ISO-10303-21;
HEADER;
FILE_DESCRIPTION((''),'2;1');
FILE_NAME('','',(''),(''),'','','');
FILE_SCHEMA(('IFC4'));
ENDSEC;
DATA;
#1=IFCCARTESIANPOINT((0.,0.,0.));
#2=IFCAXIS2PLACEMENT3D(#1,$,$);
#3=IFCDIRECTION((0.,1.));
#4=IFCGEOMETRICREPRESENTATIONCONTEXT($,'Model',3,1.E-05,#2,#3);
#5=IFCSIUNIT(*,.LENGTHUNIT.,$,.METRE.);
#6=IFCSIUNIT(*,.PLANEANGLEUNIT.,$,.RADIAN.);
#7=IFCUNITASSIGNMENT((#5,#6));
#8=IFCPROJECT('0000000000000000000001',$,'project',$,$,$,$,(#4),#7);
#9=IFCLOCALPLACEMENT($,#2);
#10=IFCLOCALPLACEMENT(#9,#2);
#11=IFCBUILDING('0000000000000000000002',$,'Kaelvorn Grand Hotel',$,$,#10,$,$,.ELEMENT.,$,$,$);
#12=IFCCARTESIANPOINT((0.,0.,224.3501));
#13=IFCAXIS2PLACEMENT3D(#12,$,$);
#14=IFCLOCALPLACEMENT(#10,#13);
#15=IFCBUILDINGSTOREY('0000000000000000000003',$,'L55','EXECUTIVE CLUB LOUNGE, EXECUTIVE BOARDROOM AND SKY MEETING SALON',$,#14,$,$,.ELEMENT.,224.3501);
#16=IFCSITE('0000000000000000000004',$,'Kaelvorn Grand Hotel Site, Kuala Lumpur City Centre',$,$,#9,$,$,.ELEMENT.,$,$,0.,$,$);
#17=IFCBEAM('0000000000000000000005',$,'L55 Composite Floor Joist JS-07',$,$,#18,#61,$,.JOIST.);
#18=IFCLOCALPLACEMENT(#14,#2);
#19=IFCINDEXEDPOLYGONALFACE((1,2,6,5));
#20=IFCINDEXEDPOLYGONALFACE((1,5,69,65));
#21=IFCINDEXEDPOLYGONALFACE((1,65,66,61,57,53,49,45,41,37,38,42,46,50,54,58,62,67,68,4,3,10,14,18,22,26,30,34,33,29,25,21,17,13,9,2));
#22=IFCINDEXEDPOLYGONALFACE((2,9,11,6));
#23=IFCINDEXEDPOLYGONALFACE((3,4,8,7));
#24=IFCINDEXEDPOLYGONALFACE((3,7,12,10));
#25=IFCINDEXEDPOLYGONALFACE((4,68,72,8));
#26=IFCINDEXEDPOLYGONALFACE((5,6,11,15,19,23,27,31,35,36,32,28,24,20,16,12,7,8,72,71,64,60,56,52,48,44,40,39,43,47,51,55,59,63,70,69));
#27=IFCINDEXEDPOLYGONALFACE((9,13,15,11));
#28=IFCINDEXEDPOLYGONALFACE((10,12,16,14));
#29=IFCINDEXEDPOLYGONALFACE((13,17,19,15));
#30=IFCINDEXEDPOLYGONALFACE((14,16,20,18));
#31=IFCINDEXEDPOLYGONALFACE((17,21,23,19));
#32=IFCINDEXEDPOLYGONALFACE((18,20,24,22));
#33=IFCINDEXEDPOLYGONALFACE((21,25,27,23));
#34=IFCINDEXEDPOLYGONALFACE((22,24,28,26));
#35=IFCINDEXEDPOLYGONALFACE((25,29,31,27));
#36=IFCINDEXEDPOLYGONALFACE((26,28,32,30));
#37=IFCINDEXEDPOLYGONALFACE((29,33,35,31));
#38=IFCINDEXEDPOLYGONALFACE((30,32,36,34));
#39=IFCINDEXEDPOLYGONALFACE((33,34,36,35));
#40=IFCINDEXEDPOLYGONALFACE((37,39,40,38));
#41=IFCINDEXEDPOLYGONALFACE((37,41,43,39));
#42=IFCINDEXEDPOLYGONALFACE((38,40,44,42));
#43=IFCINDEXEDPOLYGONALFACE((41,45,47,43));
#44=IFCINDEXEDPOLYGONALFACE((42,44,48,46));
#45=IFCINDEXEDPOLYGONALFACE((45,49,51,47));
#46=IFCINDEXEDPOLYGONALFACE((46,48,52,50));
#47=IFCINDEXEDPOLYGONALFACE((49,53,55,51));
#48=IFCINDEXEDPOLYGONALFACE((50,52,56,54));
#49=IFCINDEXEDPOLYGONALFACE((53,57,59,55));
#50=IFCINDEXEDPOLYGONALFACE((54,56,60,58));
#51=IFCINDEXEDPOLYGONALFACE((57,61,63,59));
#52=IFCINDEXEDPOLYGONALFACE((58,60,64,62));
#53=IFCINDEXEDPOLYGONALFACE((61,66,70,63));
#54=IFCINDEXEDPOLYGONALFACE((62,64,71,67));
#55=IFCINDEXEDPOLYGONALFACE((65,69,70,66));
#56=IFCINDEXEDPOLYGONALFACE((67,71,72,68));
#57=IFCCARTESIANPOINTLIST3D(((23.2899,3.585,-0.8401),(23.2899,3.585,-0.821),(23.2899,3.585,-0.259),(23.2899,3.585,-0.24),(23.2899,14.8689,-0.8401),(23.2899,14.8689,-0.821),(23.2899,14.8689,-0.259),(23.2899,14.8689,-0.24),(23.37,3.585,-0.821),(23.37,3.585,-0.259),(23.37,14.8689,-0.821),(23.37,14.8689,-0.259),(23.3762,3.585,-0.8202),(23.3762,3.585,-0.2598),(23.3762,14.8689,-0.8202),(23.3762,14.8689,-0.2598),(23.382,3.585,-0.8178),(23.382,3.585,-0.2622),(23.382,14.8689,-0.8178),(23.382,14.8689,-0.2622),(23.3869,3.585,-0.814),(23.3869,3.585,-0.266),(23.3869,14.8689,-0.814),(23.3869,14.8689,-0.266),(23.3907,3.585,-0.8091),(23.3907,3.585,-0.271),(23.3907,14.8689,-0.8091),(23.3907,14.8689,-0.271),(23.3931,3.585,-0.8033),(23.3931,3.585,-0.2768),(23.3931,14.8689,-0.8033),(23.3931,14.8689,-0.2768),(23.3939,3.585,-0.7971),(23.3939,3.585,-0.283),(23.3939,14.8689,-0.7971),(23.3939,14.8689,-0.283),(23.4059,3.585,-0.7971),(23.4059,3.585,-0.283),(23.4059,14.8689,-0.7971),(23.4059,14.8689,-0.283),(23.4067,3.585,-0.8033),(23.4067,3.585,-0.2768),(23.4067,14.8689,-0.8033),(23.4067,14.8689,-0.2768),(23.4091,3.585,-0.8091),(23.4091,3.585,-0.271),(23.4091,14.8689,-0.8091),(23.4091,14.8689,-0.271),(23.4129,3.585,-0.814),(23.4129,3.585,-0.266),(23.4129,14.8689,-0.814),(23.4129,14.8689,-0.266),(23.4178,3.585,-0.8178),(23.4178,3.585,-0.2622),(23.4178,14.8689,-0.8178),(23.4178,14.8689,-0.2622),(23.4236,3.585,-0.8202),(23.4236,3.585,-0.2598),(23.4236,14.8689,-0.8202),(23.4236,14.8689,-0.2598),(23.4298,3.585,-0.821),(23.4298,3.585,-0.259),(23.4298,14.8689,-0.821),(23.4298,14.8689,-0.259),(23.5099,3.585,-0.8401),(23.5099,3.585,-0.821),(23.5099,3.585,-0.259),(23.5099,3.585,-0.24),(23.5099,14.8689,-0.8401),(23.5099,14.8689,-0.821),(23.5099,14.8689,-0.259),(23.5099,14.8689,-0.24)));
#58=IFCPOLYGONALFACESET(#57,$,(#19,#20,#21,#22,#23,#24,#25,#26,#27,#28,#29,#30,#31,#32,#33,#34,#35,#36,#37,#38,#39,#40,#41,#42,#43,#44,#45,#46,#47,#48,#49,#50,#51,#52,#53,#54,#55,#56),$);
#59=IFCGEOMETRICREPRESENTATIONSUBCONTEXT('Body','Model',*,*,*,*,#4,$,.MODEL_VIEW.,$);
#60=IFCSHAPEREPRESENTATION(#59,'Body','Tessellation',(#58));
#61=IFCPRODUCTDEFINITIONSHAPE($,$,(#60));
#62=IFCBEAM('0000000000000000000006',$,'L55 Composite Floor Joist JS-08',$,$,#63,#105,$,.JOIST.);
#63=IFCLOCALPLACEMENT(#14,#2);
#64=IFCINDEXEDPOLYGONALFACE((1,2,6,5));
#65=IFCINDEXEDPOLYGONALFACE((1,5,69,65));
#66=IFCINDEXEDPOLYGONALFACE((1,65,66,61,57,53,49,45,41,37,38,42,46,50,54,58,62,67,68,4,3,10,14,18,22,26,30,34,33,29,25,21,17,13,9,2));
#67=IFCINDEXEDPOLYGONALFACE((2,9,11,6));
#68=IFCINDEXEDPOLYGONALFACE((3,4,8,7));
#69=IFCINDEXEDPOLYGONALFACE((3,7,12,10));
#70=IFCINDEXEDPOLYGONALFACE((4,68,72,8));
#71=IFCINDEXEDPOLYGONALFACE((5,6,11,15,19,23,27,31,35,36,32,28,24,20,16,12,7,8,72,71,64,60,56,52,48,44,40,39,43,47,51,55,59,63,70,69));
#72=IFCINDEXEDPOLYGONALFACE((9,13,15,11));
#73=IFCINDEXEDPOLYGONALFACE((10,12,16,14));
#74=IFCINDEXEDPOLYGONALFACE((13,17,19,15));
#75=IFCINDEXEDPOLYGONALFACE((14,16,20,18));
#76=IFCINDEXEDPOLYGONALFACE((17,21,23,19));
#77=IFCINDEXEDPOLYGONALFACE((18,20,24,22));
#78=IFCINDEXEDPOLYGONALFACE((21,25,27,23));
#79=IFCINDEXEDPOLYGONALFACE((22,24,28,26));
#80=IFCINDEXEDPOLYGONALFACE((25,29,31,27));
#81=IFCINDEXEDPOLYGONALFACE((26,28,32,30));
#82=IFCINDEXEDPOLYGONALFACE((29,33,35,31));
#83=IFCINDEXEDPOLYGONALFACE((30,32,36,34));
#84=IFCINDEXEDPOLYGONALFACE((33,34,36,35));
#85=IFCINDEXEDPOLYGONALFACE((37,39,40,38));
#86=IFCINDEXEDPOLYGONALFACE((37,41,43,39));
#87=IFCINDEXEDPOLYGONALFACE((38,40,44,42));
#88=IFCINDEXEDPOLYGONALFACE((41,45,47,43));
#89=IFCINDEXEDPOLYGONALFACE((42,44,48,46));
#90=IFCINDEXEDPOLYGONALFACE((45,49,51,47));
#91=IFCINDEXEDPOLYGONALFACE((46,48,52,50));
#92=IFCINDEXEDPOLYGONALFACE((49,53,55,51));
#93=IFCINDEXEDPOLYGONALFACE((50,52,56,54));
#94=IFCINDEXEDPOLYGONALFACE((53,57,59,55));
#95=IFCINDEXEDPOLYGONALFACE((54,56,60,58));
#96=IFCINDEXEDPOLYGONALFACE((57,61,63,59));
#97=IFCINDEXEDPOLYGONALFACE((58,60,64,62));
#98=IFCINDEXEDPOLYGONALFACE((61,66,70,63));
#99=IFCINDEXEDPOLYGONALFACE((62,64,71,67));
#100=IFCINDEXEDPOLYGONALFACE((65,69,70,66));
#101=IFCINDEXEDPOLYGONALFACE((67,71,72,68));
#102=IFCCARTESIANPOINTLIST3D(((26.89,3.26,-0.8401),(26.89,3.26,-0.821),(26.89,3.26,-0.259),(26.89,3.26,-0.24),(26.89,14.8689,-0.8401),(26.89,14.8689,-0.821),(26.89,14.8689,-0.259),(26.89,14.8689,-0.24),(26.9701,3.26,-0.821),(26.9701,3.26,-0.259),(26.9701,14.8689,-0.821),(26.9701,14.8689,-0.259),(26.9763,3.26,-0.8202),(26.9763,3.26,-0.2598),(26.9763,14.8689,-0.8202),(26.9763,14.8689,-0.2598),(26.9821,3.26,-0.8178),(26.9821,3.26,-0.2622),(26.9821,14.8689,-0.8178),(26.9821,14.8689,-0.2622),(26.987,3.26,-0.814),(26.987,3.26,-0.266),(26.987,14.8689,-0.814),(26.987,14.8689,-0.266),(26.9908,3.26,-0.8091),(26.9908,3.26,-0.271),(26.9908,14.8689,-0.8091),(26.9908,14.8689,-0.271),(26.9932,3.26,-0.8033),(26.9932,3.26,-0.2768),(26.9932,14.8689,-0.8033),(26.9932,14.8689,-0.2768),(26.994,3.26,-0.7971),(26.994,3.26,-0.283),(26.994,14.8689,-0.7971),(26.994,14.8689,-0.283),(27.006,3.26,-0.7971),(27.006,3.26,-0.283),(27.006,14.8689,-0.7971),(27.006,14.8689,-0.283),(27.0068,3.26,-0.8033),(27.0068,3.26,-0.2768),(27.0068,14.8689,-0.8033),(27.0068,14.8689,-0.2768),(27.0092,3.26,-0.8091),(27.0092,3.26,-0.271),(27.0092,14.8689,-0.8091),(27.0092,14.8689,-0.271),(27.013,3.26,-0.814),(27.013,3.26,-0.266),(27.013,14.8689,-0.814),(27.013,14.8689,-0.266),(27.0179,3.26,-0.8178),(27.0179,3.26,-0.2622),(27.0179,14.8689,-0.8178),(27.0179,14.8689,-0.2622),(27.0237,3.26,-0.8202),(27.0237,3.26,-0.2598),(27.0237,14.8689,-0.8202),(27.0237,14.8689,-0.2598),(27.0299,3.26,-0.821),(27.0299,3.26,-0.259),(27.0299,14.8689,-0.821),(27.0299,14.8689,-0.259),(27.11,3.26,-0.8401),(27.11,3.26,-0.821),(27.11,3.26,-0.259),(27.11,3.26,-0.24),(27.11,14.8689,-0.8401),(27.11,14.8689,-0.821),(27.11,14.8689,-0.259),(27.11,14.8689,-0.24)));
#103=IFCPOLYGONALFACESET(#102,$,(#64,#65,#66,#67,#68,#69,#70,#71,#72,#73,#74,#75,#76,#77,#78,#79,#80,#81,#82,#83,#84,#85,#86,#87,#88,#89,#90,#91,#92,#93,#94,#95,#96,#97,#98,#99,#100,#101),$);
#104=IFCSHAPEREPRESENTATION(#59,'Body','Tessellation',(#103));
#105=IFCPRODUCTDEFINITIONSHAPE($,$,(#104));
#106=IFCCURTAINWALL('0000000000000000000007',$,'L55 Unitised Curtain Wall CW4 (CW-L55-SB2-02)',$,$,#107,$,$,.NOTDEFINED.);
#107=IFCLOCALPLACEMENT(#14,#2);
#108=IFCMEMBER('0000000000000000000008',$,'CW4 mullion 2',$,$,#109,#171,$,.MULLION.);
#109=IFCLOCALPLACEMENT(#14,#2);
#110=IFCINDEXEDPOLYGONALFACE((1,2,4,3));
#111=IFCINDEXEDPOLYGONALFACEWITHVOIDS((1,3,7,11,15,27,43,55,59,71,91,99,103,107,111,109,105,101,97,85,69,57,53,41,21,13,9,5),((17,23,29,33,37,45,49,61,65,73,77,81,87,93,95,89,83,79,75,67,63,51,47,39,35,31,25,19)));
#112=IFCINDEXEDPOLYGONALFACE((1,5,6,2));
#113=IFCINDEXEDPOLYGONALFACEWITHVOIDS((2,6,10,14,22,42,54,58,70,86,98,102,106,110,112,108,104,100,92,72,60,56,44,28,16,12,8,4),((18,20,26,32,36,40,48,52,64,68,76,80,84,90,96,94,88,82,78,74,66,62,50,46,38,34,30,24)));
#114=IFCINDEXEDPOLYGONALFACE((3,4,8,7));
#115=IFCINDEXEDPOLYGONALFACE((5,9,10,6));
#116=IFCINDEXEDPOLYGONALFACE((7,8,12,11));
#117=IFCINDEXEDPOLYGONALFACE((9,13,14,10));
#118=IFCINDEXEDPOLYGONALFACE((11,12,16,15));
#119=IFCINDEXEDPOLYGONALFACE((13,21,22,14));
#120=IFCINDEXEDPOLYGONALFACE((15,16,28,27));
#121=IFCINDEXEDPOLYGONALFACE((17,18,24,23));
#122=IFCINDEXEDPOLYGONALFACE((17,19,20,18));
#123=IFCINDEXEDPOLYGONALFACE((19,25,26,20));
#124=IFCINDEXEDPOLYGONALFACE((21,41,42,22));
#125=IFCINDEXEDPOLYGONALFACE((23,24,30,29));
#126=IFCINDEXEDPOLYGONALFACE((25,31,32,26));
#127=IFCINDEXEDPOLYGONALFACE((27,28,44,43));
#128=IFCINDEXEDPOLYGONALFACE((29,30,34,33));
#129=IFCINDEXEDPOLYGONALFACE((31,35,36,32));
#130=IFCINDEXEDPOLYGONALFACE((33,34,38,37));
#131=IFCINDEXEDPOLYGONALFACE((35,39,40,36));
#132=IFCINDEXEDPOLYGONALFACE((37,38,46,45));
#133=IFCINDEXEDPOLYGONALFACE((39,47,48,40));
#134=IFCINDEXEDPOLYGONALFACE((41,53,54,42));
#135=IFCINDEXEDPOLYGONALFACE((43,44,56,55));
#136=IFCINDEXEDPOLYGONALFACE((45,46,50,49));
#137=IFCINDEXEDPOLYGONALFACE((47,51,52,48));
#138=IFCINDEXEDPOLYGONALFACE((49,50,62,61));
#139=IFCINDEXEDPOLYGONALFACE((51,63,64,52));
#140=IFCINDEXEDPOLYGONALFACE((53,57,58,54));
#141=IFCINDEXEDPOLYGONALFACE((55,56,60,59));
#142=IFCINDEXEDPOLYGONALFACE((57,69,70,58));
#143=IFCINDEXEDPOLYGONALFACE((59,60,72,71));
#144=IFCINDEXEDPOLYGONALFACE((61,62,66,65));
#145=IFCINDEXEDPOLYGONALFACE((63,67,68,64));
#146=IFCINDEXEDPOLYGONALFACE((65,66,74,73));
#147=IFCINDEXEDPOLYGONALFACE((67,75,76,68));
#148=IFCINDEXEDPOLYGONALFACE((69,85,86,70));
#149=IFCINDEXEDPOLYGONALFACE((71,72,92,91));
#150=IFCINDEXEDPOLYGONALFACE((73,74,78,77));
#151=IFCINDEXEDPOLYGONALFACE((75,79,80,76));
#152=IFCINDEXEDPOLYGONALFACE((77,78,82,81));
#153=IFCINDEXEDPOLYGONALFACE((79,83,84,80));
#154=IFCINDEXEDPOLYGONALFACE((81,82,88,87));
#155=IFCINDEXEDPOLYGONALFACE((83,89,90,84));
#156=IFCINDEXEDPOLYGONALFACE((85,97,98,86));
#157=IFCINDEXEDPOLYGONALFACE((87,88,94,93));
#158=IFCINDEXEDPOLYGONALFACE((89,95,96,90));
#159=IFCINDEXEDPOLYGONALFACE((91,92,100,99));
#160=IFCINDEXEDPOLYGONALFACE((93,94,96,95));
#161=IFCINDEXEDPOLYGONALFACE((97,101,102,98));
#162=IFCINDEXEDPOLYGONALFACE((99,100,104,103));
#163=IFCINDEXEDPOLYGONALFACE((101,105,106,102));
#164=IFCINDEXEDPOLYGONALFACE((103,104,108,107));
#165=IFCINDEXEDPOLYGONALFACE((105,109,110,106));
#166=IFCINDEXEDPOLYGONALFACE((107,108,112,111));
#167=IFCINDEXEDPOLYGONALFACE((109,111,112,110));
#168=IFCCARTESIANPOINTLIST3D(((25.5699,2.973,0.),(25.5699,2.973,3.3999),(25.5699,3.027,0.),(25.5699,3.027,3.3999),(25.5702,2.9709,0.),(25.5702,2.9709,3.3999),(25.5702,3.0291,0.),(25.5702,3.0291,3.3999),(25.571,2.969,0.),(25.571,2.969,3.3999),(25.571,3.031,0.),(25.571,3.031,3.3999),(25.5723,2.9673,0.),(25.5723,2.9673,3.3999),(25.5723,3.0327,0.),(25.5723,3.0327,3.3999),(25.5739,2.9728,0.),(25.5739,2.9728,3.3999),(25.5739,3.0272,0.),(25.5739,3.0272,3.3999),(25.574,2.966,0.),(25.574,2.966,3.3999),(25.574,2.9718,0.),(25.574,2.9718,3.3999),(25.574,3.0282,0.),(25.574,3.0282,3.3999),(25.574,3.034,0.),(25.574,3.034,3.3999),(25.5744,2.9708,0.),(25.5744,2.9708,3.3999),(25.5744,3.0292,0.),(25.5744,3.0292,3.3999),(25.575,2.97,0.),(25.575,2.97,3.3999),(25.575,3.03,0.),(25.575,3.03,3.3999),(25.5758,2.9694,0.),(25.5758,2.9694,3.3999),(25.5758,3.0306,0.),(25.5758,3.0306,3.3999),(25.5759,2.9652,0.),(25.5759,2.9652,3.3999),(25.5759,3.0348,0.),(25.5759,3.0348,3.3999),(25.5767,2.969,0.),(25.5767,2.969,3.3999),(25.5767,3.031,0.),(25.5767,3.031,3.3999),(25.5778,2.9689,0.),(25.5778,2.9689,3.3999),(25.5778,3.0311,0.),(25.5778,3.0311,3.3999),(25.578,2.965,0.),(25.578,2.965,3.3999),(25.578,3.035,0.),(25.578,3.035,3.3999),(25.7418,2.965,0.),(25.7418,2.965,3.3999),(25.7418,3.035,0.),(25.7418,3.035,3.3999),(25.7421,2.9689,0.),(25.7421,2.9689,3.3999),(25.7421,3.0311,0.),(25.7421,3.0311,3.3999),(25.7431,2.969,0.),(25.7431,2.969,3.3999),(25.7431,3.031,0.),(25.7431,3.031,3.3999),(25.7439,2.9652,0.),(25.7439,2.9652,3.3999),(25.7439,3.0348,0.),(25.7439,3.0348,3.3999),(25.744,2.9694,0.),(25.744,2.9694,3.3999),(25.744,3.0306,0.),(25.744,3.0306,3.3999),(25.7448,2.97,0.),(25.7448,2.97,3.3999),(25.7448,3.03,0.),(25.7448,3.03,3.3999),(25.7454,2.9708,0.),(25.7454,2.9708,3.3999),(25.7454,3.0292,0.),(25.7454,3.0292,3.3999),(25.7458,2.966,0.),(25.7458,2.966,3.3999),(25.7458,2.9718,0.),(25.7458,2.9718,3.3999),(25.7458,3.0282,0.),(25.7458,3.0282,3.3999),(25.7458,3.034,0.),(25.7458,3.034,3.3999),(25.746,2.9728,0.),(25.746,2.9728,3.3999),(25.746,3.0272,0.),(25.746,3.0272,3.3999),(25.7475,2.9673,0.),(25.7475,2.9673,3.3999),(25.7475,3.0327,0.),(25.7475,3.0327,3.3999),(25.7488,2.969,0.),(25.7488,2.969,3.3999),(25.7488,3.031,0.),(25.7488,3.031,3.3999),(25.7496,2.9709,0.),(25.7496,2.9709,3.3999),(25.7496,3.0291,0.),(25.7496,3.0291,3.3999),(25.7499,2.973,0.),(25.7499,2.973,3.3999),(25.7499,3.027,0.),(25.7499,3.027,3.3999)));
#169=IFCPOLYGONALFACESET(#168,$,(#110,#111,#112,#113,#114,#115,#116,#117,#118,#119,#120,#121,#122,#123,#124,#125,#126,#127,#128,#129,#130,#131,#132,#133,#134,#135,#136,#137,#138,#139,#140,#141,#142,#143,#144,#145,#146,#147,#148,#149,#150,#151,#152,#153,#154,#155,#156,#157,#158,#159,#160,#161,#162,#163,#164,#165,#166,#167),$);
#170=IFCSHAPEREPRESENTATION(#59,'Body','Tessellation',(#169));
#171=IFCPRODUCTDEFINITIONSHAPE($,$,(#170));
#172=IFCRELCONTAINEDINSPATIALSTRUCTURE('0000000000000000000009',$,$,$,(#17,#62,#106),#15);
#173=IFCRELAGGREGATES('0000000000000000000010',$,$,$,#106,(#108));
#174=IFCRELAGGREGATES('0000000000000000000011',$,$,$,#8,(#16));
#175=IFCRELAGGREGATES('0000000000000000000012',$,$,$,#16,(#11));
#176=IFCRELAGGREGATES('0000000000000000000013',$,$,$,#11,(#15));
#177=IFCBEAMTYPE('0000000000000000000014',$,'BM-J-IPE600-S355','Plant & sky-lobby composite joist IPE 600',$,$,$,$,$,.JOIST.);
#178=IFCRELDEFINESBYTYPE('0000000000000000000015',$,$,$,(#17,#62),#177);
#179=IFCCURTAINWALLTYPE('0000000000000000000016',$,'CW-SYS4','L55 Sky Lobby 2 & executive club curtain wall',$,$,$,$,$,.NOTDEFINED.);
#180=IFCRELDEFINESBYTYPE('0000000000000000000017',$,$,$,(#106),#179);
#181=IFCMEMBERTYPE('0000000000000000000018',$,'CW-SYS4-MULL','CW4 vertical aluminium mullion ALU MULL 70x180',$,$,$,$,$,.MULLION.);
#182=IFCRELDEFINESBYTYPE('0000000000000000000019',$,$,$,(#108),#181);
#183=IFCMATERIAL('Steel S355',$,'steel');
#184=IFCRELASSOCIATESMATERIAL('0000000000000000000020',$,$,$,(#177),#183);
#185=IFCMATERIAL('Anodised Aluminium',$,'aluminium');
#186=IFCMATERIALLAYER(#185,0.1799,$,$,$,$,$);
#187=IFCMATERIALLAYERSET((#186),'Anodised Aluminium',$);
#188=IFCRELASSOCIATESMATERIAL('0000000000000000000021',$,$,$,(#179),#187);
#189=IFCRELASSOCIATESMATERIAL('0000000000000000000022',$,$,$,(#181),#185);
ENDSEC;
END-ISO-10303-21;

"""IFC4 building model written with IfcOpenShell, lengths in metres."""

from ifc_helpers import new_model, si_unit, direction, frame, origin, origin_2d, place, context, subcontext, project, spatial, hollow_rectangle, i_section, extrude, material, layer, layer_set, material_profile, profile_set, type_object, element, aggregate, save


model = new_model("IFC4")

# Units and contexts
model_context = context("Model", 3, precision=1e-05, world=origin(), true_north=direction((0.0, 1.0)))
body_context = subcontext(model_context, "Body", "Model", "MODEL_VIEW")
ifc_project = project(units=[si_unit("LENGTHUNIT", "METRE"), si_unit("PLANEANGLEUNIT", "RADIAN")], contexts=[model_context])

# Site, building, storey
site_placement = place(None, origin())
site = spatial("IfcSite", under=ifc_project, at=site_placement, Name="Kaelvorn Grand Hotel Site, Kuala Lumpur City Centre", CompositionType="ELEMENT", RefElevation=0.0)
building_placement = place(site_placement, origin())
building = spatial("IfcBuilding", under=site, at=building_placement, Name="Kaelvorn Grand Hotel", CompositionType="ELEMENT")
storey_placement = place(building_placement, frame((0.0, 0.0, 224.3501)))
storey = spatial("IfcBuildingStorey", under=building, at=storey_placement, Name="L55", Description="EXECUTIVE CLUB LOUNGE, EXECUTIVE BOARDROOM AND SKY MEETING SALON", CompositionType="ELEMENT", Elevation=224.3501)

# Beams
ifc_material_1 = material(Name="Steel S355", Category="steel")
ifc_material_profile_1 = material_profile(ifc_material_1, i_section(OverallWidth=0.22, OverallDepth=0.6001, WebThickness=0.012, FlangeThickness=0.019, FilletRadius=0.0239, at=origin_2d()), Name="IPE 600")
ifc_profile_set_1 = profile_set([ifc_material_profile_1], Name="Steel S355")
beam_type_1 = type_object("IfcBeamType", Name="BM-J-IPE600-S355", Description="Plant & sky-lobby composite joist IPE 600", PredefinedType="JOIST", material=ifc_profile_set_1)
beam_1_placement = place(storey_placement, frame((23.3999, 3.585, -0.54), z_axis=(0.0, 1.0, 0.0), x_axis=(-1.0, 0.0, 0.0)))
element("IfcBeam", 1, at=beam_1_placement, inside=storey, type_object=beam_type_1, Name="L55 Composite Floor Joist JS-07", PredefinedType="JOIST", context=body_context, shape_type="SweptSolid", body=[
    extrude(i_section(OverallWidth=0.22, OverallDepth=0.6001, WebThickness=0.012, FlangeThickness=0.019, FilletRadius=0.0239, at=origin_2d()), origin(), (0.0, 0.0, 1.0), 11.2839),
])
beam_2_placement = place(storey_placement, frame((27.0, 3.26, -0.54), z_axis=(0.0, 1.0, 0.0), x_axis=(-1.0, 0.0, 0.0)))
element("IfcBeam", 2, at=beam_2_placement, inside=storey, type_object=beam_type_1, Name="L55 Composite Floor Joist JS-08", PredefinedType="JOIST", context=body_context, shape_type="SweptSolid", body=[
    extrude(i_section(OverallWidth=0.22, OverallDepth=0.6001, WebThickness=0.012, FlangeThickness=0.019, FilletRadius=0.0239, at=origin_2d()), origin(), (0.0, 0.0, 1.0), 11.6089),
])

# Curtain wall, member
ifc_material_2 = material(Name="Anodised Aluminium", Category="aluminium")
ifc_layer_1 = layer(ifc_material_2, 0.1799)
ifc_layer_set_1 = layer_set([ifc_layer_1], Name="Anodised Aluminium")
curtain_wall_type = type_object("IfcCurtainWallType", Name="CW-SYS4", Description="L55 Sky Lobby 2 & executive club curtain wall", PredefinedType="NOTDEFINED", material=ifc_layer_set_1)
curtain_wall_placement = place(storey_placement, origin())
curtain_wall = element("IfcCurtainWall", 3, at=curtain_wall_placement, inside=storey, type_object=curtain_wall_type, Name="L55 Unitised Curtain Wall CW4 (CW-L55-SB2-02)", PredefinedType="NOTDEFINED")
ifc_material_profile_2 = material_profile(ifc_material_2, hollow_rectangle(XDim=0.0701, YDim=0.1799, WallThickness=0.0039, InnerFilletRadius=0.0039, OuterFilletRadius=0.0081, at=origin_2d()), Name="ALU MULL 70x180")
ifc_profile_set_2 = profile_set([ifc_material_profile_2], Name="Anodised Aluminium")
member_type_1 = type_object("IfcMemberType", Name="CW-SYS4-MULL", Description="CW4 vertical aluminium mullion ALU MULL 70x180", PredefinedType="MULLION", material=ifc_profile_set_2)
member_1_placement = place(storey_placement, frame((25.6599, 3.0, 0.0), z_axis=(0.0, 0.0, 1.0), x_axis=(0.0, 1.0, 0.0)))
member_1 = element("IfcMember", 4, at=member_1_placement, type_object=member_type_1, Name="CW4 mullion 2", PredefinedType="MULLION", context=body_context, shape_type="SweptSolid", body=[
    extrude(hollow_rectangle(XDim=0.0701, YDim=0.1799, WallThickness=0.0039, InnerFilletRadius=0.0039, OuterFilletRadius=0.0081, at=origin_2d()), origin(), (0.0, 0.0, 1.0), 3.3999),
])
aggregate(curtain_wall, [member_1])

save(model, "model.ifc")
